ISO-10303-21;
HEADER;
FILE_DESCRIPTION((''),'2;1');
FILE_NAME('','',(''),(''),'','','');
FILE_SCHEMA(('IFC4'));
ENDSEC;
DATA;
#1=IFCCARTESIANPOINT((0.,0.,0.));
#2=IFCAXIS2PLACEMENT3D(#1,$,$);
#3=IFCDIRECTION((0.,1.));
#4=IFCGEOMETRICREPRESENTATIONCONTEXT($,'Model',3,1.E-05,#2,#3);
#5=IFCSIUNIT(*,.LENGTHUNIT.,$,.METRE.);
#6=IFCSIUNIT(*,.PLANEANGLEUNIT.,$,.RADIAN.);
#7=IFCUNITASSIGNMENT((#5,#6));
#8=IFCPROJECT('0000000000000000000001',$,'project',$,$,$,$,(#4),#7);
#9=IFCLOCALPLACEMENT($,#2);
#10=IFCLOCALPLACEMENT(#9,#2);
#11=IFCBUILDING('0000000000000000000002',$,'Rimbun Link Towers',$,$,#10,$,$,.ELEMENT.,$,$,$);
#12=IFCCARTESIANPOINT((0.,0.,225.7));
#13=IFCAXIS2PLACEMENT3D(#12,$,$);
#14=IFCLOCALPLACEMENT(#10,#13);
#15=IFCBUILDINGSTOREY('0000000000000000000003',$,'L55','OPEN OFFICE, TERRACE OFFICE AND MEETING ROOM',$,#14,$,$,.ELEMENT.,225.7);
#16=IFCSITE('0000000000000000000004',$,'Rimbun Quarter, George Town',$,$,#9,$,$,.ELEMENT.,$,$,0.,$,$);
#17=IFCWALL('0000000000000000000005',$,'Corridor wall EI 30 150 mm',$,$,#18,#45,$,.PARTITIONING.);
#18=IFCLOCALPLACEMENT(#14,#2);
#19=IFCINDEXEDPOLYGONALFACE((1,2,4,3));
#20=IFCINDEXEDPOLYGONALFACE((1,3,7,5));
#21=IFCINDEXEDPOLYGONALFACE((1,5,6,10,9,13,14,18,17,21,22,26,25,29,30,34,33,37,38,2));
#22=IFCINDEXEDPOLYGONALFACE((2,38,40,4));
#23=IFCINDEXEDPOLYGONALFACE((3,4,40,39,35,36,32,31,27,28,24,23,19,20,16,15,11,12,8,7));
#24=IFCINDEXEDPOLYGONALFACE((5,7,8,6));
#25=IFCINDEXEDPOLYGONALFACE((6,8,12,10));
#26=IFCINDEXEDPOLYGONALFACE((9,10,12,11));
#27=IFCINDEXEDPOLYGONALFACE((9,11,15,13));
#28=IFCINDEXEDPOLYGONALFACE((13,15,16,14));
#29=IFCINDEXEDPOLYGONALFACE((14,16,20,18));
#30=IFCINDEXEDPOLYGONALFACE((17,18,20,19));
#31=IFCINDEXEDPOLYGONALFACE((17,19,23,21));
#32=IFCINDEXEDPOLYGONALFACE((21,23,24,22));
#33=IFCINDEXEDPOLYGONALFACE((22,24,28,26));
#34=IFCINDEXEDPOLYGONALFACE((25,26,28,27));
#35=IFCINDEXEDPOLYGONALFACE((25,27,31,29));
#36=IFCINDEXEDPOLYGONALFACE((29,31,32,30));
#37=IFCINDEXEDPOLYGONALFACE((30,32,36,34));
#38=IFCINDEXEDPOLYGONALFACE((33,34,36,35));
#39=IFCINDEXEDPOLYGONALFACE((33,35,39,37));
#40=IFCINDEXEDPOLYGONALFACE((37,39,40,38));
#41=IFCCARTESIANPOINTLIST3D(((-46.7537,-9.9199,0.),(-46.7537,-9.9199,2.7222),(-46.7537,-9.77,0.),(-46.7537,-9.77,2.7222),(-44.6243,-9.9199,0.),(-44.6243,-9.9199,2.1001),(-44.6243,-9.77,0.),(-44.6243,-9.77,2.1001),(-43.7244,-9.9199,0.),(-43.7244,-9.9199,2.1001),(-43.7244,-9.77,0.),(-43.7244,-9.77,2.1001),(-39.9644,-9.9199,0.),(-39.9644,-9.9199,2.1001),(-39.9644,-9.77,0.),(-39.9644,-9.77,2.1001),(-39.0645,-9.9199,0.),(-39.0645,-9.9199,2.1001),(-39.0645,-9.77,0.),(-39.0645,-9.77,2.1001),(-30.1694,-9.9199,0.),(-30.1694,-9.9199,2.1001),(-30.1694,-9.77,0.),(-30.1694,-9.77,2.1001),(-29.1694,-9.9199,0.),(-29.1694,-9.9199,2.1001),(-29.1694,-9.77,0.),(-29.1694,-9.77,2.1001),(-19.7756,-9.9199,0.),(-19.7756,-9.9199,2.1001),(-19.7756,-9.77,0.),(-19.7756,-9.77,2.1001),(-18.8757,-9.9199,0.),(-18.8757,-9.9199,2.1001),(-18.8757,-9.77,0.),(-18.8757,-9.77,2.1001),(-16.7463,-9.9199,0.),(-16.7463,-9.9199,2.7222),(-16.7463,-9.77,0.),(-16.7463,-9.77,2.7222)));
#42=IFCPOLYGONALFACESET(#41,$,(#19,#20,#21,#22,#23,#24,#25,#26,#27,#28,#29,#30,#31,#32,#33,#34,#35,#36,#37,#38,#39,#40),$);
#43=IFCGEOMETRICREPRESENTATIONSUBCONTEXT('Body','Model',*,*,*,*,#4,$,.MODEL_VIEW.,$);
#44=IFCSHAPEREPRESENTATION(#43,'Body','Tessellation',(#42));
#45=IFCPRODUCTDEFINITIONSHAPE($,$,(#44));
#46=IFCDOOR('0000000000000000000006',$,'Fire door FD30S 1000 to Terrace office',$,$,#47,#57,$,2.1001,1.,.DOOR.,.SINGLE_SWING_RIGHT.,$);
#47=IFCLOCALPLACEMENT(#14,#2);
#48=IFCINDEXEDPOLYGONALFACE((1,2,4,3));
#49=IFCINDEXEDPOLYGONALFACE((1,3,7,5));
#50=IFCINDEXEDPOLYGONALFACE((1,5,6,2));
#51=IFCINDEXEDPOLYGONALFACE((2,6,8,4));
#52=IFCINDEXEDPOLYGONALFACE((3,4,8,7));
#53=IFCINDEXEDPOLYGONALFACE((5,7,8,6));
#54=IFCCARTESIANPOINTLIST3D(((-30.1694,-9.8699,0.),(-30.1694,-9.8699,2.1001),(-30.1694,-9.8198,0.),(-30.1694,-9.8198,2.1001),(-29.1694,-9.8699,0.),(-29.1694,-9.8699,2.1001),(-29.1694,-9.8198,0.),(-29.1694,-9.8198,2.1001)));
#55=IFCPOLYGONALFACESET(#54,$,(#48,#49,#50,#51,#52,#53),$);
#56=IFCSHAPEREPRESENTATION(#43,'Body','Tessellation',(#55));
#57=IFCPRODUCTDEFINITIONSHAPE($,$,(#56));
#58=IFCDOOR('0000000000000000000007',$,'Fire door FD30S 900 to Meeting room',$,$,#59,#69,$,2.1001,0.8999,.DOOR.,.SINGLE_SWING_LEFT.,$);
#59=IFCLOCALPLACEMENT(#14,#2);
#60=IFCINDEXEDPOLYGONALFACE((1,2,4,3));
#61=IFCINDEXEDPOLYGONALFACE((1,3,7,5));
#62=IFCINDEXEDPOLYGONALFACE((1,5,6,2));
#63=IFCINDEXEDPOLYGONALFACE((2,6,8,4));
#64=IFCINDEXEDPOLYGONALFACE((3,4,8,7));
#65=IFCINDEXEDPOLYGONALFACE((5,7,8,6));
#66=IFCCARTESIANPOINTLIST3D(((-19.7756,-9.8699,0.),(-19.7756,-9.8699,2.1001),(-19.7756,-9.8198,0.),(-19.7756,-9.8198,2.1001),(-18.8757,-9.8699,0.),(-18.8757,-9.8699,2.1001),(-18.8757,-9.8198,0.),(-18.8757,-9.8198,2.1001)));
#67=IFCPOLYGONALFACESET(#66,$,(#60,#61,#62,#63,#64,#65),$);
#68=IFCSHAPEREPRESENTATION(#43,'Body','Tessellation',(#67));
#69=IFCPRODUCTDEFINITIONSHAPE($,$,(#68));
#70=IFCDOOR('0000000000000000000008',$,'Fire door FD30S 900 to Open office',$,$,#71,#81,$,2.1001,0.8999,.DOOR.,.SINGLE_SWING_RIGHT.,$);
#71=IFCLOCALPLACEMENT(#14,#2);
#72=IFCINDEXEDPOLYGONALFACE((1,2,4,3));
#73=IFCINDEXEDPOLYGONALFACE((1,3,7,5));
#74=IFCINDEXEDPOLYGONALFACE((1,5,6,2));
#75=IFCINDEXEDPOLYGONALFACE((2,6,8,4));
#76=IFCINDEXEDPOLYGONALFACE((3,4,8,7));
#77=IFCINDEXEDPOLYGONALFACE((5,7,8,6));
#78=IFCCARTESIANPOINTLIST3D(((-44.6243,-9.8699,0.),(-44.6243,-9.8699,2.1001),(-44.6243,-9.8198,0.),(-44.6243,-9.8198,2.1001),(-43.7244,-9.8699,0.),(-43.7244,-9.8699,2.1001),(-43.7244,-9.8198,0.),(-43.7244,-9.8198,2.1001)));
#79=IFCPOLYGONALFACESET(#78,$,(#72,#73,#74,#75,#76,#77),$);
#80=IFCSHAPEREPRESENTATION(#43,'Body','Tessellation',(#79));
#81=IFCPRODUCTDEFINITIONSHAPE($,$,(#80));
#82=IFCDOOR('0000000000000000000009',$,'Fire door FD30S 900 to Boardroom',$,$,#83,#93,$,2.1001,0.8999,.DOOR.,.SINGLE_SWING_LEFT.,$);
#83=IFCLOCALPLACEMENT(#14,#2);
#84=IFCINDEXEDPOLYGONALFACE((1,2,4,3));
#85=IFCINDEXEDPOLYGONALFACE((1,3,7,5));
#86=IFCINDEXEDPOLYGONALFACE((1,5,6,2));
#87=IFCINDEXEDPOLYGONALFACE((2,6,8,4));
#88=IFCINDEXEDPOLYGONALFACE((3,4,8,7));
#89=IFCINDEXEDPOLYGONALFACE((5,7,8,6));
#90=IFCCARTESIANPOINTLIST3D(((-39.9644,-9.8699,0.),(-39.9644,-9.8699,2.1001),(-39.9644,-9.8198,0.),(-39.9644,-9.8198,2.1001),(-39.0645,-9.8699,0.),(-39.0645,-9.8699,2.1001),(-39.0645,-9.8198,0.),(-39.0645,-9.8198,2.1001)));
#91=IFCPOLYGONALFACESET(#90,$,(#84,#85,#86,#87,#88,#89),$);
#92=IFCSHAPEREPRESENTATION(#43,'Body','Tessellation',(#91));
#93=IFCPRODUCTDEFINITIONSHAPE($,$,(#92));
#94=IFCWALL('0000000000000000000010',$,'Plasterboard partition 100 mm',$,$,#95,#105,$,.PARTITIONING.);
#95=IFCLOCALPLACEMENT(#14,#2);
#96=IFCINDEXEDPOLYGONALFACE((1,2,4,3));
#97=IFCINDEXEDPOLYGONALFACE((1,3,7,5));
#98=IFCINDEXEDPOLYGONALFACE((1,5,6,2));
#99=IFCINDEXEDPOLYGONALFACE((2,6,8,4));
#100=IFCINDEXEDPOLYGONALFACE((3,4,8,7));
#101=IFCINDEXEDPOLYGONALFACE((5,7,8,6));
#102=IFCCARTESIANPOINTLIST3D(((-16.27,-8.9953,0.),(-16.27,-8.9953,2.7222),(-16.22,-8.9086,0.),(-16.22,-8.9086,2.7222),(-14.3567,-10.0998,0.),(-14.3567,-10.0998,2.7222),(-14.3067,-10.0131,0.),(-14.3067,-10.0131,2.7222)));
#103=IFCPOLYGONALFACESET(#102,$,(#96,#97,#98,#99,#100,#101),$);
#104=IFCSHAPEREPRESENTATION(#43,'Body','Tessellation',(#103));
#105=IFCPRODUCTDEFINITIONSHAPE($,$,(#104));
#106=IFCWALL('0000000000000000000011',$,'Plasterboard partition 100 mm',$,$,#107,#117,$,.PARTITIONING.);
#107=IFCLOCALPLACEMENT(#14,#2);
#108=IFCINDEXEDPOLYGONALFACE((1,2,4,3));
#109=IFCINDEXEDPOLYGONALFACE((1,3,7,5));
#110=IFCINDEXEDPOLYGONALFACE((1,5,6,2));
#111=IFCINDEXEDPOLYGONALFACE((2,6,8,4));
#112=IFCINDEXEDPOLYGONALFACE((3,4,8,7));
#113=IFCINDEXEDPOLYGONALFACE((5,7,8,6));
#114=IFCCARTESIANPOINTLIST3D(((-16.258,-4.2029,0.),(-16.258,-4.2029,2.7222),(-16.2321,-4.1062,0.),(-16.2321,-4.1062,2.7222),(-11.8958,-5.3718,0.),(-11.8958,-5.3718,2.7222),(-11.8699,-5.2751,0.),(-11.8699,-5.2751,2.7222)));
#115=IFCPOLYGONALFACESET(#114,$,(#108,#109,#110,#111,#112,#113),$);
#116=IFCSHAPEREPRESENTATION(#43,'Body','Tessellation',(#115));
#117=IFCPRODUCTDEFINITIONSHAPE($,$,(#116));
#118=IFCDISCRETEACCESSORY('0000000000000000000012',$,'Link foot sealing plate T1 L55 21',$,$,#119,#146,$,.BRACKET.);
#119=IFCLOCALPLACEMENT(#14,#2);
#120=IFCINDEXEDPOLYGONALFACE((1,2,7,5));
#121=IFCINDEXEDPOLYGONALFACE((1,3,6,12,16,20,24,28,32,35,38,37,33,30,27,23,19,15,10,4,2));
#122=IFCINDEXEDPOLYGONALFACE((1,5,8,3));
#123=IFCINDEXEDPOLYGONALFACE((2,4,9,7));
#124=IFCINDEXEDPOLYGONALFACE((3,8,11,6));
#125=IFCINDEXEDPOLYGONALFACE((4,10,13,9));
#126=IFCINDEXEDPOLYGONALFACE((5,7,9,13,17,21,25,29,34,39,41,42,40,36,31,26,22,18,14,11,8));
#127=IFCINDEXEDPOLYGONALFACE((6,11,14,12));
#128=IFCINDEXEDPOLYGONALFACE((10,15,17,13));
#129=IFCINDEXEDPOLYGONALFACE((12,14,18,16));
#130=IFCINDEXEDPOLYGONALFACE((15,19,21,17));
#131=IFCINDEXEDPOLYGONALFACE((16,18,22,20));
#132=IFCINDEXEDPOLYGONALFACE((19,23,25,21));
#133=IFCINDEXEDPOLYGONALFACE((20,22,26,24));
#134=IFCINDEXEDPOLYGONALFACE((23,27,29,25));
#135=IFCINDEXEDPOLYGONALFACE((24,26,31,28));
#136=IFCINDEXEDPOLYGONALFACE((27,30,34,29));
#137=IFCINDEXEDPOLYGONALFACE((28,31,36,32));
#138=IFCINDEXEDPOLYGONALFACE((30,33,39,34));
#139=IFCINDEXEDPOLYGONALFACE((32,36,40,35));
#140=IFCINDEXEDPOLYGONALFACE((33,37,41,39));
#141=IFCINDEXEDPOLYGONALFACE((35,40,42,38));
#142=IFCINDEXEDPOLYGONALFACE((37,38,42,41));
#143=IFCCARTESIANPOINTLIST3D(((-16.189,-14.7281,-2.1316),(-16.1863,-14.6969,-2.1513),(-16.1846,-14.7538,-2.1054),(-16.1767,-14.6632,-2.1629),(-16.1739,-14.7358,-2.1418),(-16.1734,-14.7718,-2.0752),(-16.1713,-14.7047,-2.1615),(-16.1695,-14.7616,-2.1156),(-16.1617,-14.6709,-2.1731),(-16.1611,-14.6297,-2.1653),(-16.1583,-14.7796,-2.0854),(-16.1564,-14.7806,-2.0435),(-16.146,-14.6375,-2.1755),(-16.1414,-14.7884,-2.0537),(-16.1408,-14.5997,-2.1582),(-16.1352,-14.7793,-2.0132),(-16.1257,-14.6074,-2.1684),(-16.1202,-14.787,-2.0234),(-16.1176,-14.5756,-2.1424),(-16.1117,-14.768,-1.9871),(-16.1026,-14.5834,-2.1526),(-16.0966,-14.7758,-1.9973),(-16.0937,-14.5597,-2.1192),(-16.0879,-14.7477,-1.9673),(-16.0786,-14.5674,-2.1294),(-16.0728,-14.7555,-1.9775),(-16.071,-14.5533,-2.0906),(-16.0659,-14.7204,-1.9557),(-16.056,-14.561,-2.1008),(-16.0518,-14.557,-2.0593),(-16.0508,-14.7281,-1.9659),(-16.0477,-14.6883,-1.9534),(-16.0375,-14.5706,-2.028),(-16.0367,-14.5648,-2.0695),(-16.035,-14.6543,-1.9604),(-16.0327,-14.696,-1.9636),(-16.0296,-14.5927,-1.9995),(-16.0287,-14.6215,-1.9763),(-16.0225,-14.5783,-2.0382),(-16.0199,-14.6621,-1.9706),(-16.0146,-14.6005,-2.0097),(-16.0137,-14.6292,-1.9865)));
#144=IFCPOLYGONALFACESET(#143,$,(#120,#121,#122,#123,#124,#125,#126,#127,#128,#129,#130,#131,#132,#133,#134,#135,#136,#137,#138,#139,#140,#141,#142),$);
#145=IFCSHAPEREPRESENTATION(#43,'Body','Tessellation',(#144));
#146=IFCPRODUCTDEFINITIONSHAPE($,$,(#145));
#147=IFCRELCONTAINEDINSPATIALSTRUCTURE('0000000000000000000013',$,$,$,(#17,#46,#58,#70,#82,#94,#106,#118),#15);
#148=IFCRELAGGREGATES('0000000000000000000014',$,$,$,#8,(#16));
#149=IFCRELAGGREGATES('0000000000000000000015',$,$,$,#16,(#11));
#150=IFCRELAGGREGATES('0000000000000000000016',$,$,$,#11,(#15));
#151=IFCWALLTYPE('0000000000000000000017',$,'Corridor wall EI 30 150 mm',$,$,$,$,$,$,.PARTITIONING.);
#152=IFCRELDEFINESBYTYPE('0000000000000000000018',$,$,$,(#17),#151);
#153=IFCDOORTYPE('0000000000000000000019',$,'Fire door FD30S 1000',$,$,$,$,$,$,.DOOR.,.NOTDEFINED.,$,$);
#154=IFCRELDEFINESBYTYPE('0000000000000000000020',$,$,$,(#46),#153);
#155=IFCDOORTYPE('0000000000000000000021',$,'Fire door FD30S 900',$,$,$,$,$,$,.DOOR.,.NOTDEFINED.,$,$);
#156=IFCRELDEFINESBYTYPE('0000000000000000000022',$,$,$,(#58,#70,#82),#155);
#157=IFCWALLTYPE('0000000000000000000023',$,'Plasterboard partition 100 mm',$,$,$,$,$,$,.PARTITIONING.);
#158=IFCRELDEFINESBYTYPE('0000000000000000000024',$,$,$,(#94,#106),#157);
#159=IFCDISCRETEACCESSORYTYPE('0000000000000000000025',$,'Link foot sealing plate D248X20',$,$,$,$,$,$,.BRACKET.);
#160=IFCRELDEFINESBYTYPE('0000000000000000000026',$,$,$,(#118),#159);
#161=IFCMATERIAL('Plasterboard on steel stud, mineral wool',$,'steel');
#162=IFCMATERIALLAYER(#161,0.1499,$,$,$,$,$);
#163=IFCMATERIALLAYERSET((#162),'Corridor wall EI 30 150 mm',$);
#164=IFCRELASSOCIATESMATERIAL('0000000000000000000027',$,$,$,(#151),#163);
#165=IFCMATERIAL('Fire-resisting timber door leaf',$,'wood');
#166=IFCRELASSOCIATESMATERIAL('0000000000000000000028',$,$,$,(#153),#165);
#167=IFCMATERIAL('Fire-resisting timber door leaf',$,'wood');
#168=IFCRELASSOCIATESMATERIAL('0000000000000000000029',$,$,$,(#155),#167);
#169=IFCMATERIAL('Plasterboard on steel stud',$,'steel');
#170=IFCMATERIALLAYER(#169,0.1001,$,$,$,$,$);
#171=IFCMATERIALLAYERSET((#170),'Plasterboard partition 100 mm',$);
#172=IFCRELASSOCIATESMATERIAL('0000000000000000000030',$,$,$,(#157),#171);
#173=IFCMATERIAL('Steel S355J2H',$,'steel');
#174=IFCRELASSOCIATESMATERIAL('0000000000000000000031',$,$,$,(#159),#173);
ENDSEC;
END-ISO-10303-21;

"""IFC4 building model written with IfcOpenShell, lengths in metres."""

from ifc_helpers import new_model, si_unit, direction, frame, frame_2d, origin, origin_2d, place, context, subcontext, project, spatial, rectangle, circle, extrude, material, layer, layer_set, material_profile, profile_set, type_object, element, fill, save


model = new_model("IFC4")

# Units and contexts
model_context = context("Model", 3, precision=1e-05, world=origin(), true_north=direction((0.0, 1.0)))
body_context = subcontext(model_context, "Body", "Model", "MODEL_VIEW")
ifc_project = project(units=[si_unit("LENGTHUNIT", "METRE"), si_unit("PLANEANGLEUNIT", "RADIAN")], contexts=[model_context])

# Site, building, storey
site_placement = place(None, origin())
site = spatial("IfcSite", under=ifc_project, at=site_placement, Name="Rimbun Quarter, George Town", CompositionType="ELEMENT", RefElevation=0.0)
building_placement = place(site_placement, origin())
building = spatial("IfcBuilding", under=site, at=building_placement, Name="Rimbun Link Towers", CompositionType="ELEMENT")
storey_placement = place(building_placement, frame((0.0, 0.0, 225.7)))
storey = spatial("IfcBuildingStorey", under=building, at=storey_placement, Name="L55", Description="OPEN OFFICE, TERRACE OFFICE AND MEETING ROOM", CompositionType="ELEMENT", Elevation=225.7)

# Shared definitions
ifc_material_1 = material(Name="Plasterboard on steel stud, mineral wool", Category="steel")
ifc_layer_1 = layer(ifc_material_1, 0.1499)
ifc_layer_set_1 = layer_set([ifc_layer_1], Name="Corridor wall EI 30 150 mm")
wall_type_1 = type_object("IfcWallType", Name="Corridor wall EI 30 150 mm", PredefinedType="PARTITIONING", material=ifc_layer_set_1)

# Wall, openings, doors
wall_1_placement = place(storey_placement, frame((-16.7463, -9.845, 0.0), z_axis=(0.0, 0.0, 1.0), x_axis=(-1.0, 0.0, 0.0)))
wall_1 = element("IfcWall", 1, at=wall_1_placement, inside=storey, type_object=wall_type_1, Name="Corridor wall EI 30 150 mm", PredefinedType="PARTITIONING", context=body_context, shape_type="SweptSolid", body=[
    extrude(rectangle(XDim=30.0073, YDim=0.1499, at=frame_2d((15.0037, 0.0))), origin(), (0.0, 0.0, 1.0), 2.7222),
])
opening_1_placement = place(wall_1_placement, frame((2.1294, 0.0, 0.0)))
opening_1 = element("IfcOpeningElement", 2, at=opening_1_placement, cuts=wall_1, PredefinedType="OPENING", context=body_context, shape_type="SweptSolid", body=[
    extrude(rectangle(XDim=0.8999, YDim=2.1001, at=frame_2d((0.45, 1.05))), frame((0.0, 0.085, 0.0), z_axis=(0.0, -1.0, 0.0), x_axis=(1.0, 0.0, 0.0)), (0.0, 0.0, 1.0), 0.1699),
])
opening_2_placement = place(wall_1_placement, frame((26.978, 0.0, 0.0)))
opening_2 = element("IfcOpeningElement", 3, at=opening_2_placement, cuts=wall_1, PredefinedType="OPENING", context=body_context, shape_type="SweptSolid", body=[
    extrude(rectangle(XDim=0.8999, YDim=2.1001, at=frame_2d((0.45, 1.05))), frame((0.0, 0.085, 0.0), z_axis=(0.0, -1.0, 0.0), x_axis=(1.0, 0.0, 0.0)), (0.0, 0.0, 1.0), 0.1699),
])
opening_3_placement = place(wall_1_placement, frame((22.3181, 0.0, 0.0)))
opening_3 = element("IfcOpeningElement", 4, at=opening_3_placement, cuts=wall_1, PredefinedType="OPENING", context=body_context, shape_type="SweptSolid", body=[
    extrude(rectangle(XDim=0.8999, YDim=2.1001, at=frame_2d((0.45, 1.05))), frame((0.0, 0.085, 0.0), z_axis=(0.0, -1.0, 0.0), x_axis=(1.0, 0.0, 0.0)), (0.0, 0.0, 1.0), 0.1699),
])
opening_4_placement = place(wall_1_placement, frame((12.4231, 0.0, 0.0)))
opening_4 = element("IfcOpeningElement", 5, at=opening_4_placement, cuts=wall_1, PredefinedType="OPENING", context=body_context, shape_type="SweptSolid", body=[
    extrude(rectangle(XDim=1.0, YDim=2.1001, at=frame_2d((0.5, 1.05))), frame((0.0, 0.085, 0.0), z_axis=(0.0, -1.0, 0.0), x_axis=(1.0, 0.0, 0.0)), (0.0, 0.0, 1.0), 0.1699),
])
ifc_material_2 = material(Name="Fire-resisting timber door leaf", Category="wood")
door_type_1 = type_object("IfcDoorType", Name="Fire door FD30S 1000", OperationType="NOTDEFINED", PredefinedType="DOOR", material=ifc_material_2)
door_1_placement = place(opening_4_placement, origin())
door_1 = element("IfcDoor", 6, at=door_1_placement, inside=storey, type_object=door_type_1, Name="Fire door FD30S 1000 to Terrace office", OperationType="SINGLE_SWING_RIGHT", OverallHeight=2.1001, OverallWidth=1.0, PredefinedType="DOOR", context=body_context, shape_type="SweptSolid", body=[
    extrude(rectangle(XDim=1.0, YDim=2.1001, at=frame_2d((0.5, 1.05))), frame((0.0, 0.0249, 0.0), z_axis=(0.0, -1.0, 0.0), x_axis=(1.0, 0.0, 0.0)), (0.0, 0.0, 1.0), 0.05),
])
fill(opening_4, door_1)
ifc_material_3 = material(Name="Fire-resisting timber door leaf", Category="wood")
door_type_2 = type_object("IfcDoorType", Name="Fire door FD30S 900", OperationType="NOTDEFINED", PredefinedType="DOOR", material=ifc_material_3)
door_2_placement = place(opening_1_placement, origin())
door_2 = element("IfcDoor", 7, at=door_2_placement, inside=storey, type_object=door_type_2, Name="Fire door FD30S 900 to Meeting room", OperationType="SINGLE_SWING_LEFT", OverallHeight=2.1001, OverallWidth=0.8999, PredefinedType="DOOR", context=body_context, shape_type="SweptSolid", body=[
    extrude(rectangle(XDim=0.8999, YDim=2.1001, at=frame_2d((0.45, 1.05))), frame((0.0, 0.0249, 0.0), z_axis=(0.0, -1.0, 0.0), x_axis=(1.0, 0.0, 0.0)), (0.0, 0.0, 1.0), 0.05),
])
fill(opening_1, door_2)
door_3_placement = place(opening_2_placement, origin())
door_3 = element("IfcDoor", 8, at=door_3_placement, inside=storey, type_object=door_type_2, Name="Fire door FD30S 900 to Open office", OperationType="SINGLE_SWING_RIGHT", OverallHeight=2.1001, OverallWidth=0.8999, PredefinedType="DOOR", context=body_context, shape_type="SweptSolid", body=[
    extrude(rectangle(XDim=0.8999, YDim=2.1001, at=frame_2d((0.45, 1.05))), frame((0.0, 0.0249, 0.0), z_axis=(0.0, -1.0, 0.0), x_axis=(1.0, 0.0, 0.0)), (0.0, 0.0, 1.0), 0.05),
])
fill(opening_2, door_3)
door_4_placement = place(opening_3_placement, origin())
door_4 = element("IfcDoor", 9, at=door_4_placement, inside=storey, type_object=door_type_2, Name="Fire door FD30S 900 to Boardroom", OperationType="SINGLE_SWING_LEFT", OverallHeight=2.1001, OverallWidth=0.8999, PredefinedType="DOOR", context=body_context, shape_type="SweptSolid", body=[
    extrude(rectangle(XDim=0.8999, YDim=2.1001, at=frame_2d((0.45, 1.05))), frame((0.0, 0.0249, 0.0), z_axis=(0.0, -1.0, 0.0), x_axis=(1.0, 0.0, 0.0)), (0.0, 0.0, 1.0), 0.05),
])
fill(opening_3, door_4)

# Walls
ifc_material_4 = material(Name="Plasterboard on steel stud", Category="steel")
ifc_layer_2 = layer(ifc_material_4, 0.1001)
ifc_layer_set_2 = layer_set([ifc_layer_2], Name="Plasterboard partition 100 mm")
wall_type_2 = type_object("IfcWallType", Name="Plasterboard partition 100 mm", PredefinedType="PARTITIONING", material=ifc_layer_set_2)
wall_2_placement = place(storey_placement, frame((-14.3318, -10.0564, 0.0), z_axis=(0.0, 0.0, 1.0), x_axis=(-0.866059, 0.499942, 0.0)))
element("IfcWall", 10, at=wall_2_placement, inside=storey, type_object=wall_type_2, Name="Plasterboard partition 100 mm", PredefinedType="PARTITIONING", context=body_context, shape_type="SweptSolid", body=[
    extrude(rectangle(XDim=2.2092, YDim=0.1001, at=frame_2d((1.1045, 0.0))), origin(), (0.0, 0.0, 1.0), 2.7222),
])
wall_3_placement = place(storey_placement, frame((-11.8828, -5.3235, 0.0), z_axis=(0.0, 0.0, 1.0), x_axis=(-0.965922, 0.258833, 0.0)))
element("IfcWall", 11, at=wall_3_placement, inside=storey, type_object=wall_type_2, Name="Plasterboard partition 100 mm", PredefinedType="PARTITIONING", context=body_context, shape_type="SweptSolid", body=[
    extrude(rectangle(XDim=4.5161, YDim=0.1001, at=frame_2d((2.2581, 0.0))), origin(), (0.0, 0.0, 1.0), 2.7222),
])

# Discrete accessory
ifc_material_5 = material(Name="Steel S355J2H", Category="steel")
ifc_material_profile_1 = material_profile(ifc_material_5, circle(Radius=0.124, at=origin_2d()), Name="PL D248")
ifc_profile_set_1 = profile_set([ifc_material_profile_1], Name="Steel S355J2H")
discrete_accessory_type = type_object("IfcDiscreteAccessoryType", Name="Link foot sealing plate D248X20", PredefinedType="BRACKET", material=ifc_profile_set_1)
discrete_accessory_placement = place(storey_placement, frame((-16.1086, -14.6672, -2.0593), z_axis=(0.761324, -0.392941, -0.515736), x_axis=(0.458643, 0.888621, 0.0)))
element("IfcDiscreteAccessory", 12, at=discrete_accessory_placement, inside=storey, type_object=discrete_accessory_type, Name="Link foot sealing plate T1 L55 21", PredefinedType="BRACKET", context=body_context, shape_type="SweptSolid", body=[
    extrude(circle(Radius=0.124, at=origin_2d()), origin(), (0.0, 0.0, 1.0), 0.0198),
])

save(model, "model.ifc")
